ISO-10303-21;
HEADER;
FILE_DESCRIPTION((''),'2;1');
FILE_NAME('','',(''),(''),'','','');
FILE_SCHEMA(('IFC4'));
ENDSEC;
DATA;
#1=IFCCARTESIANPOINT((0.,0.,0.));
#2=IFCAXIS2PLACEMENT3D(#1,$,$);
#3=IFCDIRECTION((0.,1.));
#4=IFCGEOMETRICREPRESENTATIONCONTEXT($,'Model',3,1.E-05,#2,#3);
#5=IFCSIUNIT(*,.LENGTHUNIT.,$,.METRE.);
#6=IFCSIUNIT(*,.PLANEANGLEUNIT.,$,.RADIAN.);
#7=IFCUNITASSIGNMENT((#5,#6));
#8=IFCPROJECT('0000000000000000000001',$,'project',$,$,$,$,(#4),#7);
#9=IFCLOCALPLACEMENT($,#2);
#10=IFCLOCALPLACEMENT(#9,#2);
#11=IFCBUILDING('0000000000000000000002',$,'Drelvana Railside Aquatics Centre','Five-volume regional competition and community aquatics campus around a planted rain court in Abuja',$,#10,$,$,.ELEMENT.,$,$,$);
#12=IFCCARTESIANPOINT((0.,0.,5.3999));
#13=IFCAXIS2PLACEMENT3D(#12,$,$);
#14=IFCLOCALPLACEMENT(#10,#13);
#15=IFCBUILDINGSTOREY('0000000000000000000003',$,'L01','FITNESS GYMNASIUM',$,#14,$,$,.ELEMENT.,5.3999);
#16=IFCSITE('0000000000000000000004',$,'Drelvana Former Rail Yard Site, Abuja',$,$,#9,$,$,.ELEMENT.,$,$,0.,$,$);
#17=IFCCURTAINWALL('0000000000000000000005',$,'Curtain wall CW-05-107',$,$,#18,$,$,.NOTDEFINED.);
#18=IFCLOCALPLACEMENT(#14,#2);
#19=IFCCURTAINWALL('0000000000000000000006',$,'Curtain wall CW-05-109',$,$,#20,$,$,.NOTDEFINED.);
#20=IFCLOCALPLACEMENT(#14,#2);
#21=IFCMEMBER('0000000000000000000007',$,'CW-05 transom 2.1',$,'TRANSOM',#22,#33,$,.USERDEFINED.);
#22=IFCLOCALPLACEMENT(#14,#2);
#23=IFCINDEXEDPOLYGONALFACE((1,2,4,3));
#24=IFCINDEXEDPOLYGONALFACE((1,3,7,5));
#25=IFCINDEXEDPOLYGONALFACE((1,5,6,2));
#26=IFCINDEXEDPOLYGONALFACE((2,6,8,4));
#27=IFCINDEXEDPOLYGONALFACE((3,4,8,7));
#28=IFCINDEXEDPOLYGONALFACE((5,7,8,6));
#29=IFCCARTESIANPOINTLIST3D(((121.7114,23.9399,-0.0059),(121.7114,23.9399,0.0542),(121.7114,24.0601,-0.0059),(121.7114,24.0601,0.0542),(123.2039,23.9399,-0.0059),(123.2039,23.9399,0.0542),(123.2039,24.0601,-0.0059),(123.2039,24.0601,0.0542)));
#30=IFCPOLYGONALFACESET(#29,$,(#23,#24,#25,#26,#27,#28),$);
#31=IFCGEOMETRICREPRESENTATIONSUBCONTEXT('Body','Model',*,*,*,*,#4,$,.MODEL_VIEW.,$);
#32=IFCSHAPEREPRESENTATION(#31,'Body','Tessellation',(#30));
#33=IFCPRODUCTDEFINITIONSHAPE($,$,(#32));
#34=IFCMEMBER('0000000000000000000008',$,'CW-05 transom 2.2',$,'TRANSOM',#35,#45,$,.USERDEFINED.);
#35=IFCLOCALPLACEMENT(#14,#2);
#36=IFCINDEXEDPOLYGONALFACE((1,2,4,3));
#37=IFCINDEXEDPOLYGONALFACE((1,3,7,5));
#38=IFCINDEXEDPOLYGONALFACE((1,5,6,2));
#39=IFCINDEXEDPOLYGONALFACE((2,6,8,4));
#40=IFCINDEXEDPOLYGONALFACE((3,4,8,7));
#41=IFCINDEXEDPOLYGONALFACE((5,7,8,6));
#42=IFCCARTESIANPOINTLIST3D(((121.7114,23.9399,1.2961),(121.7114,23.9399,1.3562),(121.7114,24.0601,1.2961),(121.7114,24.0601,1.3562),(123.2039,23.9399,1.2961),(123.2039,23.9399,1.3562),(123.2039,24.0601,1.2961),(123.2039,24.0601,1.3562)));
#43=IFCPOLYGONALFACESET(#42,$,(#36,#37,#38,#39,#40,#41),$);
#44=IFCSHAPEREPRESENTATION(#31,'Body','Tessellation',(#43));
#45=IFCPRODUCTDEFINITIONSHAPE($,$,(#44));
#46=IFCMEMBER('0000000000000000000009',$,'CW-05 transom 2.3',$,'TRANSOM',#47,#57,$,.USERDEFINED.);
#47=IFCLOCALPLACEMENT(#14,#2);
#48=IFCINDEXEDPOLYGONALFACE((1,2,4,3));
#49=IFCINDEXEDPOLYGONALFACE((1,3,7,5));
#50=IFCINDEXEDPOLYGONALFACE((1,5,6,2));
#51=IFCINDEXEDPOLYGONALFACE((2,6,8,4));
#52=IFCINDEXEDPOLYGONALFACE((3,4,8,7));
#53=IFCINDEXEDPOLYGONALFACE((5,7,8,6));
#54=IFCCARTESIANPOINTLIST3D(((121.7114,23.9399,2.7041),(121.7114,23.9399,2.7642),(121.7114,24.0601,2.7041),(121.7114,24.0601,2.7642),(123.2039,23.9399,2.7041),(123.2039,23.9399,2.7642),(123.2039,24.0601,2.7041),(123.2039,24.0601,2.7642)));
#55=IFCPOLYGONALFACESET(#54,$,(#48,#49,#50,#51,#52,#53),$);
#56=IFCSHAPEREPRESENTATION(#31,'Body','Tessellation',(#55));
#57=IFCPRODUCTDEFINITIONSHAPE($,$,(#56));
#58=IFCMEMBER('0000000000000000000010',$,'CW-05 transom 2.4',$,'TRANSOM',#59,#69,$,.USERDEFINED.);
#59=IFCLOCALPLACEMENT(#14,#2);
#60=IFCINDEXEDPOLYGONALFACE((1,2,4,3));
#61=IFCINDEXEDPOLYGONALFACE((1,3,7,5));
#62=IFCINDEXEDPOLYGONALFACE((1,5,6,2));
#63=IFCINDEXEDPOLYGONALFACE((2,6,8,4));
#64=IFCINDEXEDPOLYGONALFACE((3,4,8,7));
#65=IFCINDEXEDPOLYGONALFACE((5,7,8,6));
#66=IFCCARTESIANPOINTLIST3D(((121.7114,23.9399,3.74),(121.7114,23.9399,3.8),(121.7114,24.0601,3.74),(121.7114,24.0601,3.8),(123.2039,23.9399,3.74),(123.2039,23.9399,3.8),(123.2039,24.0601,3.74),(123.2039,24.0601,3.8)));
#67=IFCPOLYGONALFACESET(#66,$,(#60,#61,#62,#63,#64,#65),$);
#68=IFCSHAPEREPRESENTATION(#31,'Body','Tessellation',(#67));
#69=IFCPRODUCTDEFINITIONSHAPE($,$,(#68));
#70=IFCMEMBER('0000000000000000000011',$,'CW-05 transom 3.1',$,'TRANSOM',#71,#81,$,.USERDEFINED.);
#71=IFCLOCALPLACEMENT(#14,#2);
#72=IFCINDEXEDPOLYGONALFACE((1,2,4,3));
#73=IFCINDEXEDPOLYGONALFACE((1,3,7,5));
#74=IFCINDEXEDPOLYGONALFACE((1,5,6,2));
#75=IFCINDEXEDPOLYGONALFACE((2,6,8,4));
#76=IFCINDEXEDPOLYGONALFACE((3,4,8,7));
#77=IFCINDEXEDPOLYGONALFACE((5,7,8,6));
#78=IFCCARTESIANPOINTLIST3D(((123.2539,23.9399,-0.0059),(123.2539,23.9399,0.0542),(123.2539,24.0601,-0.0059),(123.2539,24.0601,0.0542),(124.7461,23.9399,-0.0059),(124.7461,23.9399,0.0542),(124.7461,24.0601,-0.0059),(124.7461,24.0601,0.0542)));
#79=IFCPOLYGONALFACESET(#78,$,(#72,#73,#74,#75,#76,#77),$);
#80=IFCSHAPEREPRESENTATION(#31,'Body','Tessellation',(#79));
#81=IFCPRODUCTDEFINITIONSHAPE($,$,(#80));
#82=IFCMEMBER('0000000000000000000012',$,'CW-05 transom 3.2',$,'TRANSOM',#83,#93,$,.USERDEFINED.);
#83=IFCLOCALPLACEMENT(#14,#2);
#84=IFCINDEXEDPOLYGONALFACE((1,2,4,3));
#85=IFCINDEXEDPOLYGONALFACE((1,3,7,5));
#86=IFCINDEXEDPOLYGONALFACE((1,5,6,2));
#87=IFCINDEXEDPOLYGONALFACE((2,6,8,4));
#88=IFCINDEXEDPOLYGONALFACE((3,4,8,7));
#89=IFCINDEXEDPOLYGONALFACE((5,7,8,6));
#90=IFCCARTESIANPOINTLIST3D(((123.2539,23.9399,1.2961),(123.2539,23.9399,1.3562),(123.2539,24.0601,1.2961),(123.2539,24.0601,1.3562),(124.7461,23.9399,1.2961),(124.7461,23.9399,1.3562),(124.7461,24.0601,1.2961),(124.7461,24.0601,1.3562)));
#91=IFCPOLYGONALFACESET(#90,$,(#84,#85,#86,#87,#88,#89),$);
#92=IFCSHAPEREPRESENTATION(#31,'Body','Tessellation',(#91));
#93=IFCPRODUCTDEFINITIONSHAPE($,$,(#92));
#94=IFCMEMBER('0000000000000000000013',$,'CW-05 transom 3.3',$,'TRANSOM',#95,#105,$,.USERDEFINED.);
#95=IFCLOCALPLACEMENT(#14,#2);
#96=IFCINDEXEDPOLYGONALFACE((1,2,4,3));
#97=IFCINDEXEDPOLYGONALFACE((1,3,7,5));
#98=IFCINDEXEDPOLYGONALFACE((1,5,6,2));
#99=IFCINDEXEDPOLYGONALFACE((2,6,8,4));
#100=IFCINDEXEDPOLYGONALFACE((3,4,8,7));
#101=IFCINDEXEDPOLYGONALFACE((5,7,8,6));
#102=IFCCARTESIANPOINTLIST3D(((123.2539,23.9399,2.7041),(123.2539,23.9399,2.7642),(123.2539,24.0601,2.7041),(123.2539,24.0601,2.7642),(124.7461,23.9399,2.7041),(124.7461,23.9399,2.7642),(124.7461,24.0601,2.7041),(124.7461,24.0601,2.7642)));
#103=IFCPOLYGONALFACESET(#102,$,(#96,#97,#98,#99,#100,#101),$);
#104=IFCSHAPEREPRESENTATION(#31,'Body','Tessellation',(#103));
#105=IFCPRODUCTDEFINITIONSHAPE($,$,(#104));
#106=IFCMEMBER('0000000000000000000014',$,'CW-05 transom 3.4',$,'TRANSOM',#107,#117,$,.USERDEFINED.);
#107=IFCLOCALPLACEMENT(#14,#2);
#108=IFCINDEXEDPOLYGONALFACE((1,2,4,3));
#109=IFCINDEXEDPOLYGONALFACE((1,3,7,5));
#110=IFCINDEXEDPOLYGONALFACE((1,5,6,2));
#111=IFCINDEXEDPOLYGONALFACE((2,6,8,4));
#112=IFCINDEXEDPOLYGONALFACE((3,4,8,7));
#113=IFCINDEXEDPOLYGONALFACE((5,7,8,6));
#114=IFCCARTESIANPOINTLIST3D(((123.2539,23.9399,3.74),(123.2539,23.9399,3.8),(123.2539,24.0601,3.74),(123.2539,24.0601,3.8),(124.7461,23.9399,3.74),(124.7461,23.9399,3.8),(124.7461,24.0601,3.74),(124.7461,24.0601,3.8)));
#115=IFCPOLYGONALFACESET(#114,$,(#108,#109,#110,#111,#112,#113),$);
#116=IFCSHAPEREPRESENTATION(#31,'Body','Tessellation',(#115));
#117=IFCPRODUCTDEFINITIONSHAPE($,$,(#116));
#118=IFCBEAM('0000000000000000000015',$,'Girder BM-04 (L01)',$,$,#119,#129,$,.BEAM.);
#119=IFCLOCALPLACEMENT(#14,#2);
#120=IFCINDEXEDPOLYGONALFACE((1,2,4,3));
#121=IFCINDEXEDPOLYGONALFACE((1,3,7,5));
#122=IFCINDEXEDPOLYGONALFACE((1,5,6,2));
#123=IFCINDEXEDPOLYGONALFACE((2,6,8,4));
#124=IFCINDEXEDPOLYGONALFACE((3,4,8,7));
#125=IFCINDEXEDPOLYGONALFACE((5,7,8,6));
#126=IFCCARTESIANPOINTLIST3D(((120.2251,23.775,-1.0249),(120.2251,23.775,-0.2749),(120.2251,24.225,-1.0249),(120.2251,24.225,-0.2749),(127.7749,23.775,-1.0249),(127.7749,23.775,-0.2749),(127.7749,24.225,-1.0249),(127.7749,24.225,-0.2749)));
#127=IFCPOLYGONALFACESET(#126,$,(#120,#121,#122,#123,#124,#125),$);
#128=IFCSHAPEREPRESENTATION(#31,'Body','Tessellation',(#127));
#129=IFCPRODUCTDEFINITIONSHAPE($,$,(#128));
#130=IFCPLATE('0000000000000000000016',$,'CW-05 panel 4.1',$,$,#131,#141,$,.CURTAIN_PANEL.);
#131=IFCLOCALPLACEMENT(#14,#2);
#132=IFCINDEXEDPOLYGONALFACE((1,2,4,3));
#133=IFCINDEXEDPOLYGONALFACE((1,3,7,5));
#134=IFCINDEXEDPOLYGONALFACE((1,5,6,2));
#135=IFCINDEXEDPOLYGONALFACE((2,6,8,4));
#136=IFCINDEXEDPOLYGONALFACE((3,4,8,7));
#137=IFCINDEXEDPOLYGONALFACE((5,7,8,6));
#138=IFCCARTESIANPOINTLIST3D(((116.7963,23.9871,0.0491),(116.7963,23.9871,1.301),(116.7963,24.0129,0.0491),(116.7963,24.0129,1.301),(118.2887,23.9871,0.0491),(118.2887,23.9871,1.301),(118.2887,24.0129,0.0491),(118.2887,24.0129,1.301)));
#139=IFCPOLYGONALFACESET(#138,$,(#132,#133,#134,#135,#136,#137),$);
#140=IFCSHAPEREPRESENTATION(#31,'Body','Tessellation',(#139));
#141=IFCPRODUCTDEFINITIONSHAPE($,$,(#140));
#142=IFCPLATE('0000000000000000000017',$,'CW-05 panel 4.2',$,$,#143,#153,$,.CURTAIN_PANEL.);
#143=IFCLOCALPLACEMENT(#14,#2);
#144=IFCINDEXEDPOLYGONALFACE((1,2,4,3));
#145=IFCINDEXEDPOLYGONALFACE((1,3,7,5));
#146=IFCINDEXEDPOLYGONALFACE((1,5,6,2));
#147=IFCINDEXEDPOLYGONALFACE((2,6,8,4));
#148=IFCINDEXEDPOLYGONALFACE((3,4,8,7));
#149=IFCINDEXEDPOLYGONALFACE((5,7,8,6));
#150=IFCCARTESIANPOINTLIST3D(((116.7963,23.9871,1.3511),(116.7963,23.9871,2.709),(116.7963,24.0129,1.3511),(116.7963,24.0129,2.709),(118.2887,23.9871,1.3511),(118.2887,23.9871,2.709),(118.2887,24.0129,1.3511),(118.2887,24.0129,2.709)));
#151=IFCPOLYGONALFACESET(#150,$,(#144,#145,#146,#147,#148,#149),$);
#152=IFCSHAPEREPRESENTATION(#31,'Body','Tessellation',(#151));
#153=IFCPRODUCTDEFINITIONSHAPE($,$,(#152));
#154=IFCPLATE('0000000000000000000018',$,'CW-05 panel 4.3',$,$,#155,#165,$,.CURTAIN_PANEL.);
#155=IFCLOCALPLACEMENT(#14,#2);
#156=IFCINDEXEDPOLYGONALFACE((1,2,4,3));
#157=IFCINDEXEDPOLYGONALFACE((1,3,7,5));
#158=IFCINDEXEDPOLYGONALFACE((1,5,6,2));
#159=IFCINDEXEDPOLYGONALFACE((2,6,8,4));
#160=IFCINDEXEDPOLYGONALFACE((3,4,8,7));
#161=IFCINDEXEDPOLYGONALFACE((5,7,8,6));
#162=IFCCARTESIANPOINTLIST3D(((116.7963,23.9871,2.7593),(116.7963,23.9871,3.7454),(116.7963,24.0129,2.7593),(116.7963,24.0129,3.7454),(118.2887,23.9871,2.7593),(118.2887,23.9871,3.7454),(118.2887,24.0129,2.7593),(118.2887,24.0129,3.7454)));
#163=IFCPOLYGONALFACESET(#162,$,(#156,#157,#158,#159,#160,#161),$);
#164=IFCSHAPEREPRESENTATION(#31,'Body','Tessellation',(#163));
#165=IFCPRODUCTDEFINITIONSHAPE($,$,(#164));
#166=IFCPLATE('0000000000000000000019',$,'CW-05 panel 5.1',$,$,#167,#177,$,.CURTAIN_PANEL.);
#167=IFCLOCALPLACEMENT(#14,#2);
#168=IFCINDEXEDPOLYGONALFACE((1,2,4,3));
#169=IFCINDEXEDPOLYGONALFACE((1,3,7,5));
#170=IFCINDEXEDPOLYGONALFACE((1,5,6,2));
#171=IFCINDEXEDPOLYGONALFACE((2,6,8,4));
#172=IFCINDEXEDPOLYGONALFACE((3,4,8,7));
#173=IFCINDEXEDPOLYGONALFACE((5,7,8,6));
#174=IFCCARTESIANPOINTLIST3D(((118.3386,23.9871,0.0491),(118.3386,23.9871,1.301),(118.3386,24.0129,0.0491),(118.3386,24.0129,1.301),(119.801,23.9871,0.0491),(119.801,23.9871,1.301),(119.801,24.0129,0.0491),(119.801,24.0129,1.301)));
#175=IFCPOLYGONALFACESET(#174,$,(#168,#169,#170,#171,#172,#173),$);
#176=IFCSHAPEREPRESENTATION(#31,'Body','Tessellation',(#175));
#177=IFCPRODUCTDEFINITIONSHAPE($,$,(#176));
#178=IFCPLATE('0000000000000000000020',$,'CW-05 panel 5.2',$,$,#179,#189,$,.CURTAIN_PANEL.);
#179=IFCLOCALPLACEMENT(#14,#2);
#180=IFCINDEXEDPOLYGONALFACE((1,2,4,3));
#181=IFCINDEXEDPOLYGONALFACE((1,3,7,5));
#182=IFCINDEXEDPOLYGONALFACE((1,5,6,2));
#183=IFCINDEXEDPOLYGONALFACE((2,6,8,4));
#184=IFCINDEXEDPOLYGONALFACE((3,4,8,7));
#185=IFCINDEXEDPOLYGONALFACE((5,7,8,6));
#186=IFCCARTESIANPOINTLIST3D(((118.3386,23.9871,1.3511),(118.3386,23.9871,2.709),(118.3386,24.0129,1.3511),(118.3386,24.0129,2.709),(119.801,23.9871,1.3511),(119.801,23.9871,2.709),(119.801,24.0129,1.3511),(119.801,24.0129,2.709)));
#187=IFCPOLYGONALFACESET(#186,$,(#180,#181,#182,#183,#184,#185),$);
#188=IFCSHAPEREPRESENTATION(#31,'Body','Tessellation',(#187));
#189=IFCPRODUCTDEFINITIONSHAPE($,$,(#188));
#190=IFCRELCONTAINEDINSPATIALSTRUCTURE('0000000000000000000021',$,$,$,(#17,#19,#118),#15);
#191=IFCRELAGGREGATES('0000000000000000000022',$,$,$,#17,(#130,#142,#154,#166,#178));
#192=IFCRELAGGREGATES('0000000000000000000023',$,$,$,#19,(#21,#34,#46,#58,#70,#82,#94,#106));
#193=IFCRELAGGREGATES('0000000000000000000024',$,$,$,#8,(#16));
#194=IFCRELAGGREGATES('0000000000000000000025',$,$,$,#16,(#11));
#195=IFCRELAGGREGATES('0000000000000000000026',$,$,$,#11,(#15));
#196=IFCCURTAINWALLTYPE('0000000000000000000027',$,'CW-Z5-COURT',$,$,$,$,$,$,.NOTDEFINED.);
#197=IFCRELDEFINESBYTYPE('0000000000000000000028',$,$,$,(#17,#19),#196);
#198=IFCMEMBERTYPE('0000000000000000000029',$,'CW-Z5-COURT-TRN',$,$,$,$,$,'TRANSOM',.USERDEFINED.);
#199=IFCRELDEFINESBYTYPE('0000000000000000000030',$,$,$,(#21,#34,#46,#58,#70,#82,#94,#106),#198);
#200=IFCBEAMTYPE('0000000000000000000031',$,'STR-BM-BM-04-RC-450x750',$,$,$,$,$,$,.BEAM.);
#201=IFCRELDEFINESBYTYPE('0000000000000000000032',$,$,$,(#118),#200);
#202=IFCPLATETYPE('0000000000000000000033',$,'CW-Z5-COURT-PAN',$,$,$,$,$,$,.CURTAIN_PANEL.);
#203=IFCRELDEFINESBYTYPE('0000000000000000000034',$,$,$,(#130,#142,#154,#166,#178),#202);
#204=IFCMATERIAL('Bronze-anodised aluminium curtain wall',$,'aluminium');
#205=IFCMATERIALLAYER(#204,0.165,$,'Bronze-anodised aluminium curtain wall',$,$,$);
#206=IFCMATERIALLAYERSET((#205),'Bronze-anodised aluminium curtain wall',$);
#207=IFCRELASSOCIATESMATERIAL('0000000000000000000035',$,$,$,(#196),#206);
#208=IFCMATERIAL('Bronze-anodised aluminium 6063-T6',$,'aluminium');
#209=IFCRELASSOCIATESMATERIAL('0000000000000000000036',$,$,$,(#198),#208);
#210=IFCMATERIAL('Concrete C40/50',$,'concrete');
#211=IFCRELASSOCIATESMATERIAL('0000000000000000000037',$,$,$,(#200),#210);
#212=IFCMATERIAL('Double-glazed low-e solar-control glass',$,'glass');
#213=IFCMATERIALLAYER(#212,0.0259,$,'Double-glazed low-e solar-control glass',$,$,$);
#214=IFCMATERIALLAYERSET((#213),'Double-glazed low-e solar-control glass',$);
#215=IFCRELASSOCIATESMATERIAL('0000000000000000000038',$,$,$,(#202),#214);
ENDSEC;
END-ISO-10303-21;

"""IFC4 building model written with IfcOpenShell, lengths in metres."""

from ifc_helpers import new_model, si_unit, direction, frame, origin, origin_2d, place, context, subcontext, project, spatial, rectangle, extrude, material, layer, layer_set, material_profile, profile_set, type_object, element, aggregate, save


model = new_model("IFC4")

# Units and contexts
model_context = context("Model", 3, precision=1e-05, world=origin(), true_north=direction((0.0, 1.0)))
body_context = subcontext(model_context, "Body", "Model", "MODEL_VIEW")
ifc_project = project(units=[si_unit("LENGTHUNIT", "METRE"), si_unit("PLANEANGLEUNIT", "RADIAN")], contexts=[model_context])

# Site, building, storey
site_placement = place(None, origin())
site = spatial("IfcSite", under=ifc_project, at=site_placement, Name="Drelvana Former Rail Yard Site, Abuja", CompositionType="ELEMENT", RefElevation=0.0)
building_placement = place(site_placement, origin())
building = spatial("IfcBuilding", under=site, at=building_placement, Name="Drelvana Railside Aquatics Centre", Description="Five-volume regional competition and community aquatics campus around a planted rain court in Abuja", CompositionType="ELEMENT")
storey_placement = place(building_placement, frame((0.0, 0.0, 5.3999)))
storey = spatial("IfcBuildingStorey", under=building, at=storey_placement, Name="L01", Description="FITNESS GYMNASIUM", CompositionType="ELEMENT", Elevation=5.3999)

# Curtain walls
ifc_material_1 = material(Name="Bronze-anodised aluminium curtain wall", Category="aluminium")
ifc_layer_1 = layer(ifc_material_1, 0.165, Name="Bronze-anodised aluminium curtain wall")
ifc_layer_set_1 = layer_set([ifc_layer_1], Name="Bronze-anodised aluminium curtain wall")
curtain_wall_type = type_object("IfcCurtainWallType", Name="CW-Z5-COURT", PredefinedType="NOTDEFINED", material=ifc_layer_set_1)
curtain_wall_1_placement = place(storey_placement, origin())
curtain_wall_1 = element("IfcCurtainWall", 1, at=curtain_wall_1_placement, inside=storey, type_object=curtain_wall_type, Name="Curtain wall CW-05-107", PredefinedType="NOTDEFINED")
ifc_material_2 = material(Name="Bronze-anodised aluminium 6063-T6", Category="aluminium")
curtain_wall_2_placement = place(storey_placement, origin())
curtain_wall_2 = element("IfcCurtainWall", 2, at=curtain_wall_2_placement, inside=storey, type_object=curtain_wall_type, Name="Curtain wall CW-05-109", PredefinedType="NOTDEFINED")

# Members
ifc_material_profile_1 = material_profile(ifc_material_2, rectangle(XDim=0.1201, YDim=0.0601, at=origin_2d()), Name="ALU-T 60x120")
ifc_profile_set_1 = profile_set([ifc_material_profile_1], Name="Bronze-anodised aluminium 6063-T6")
member_type_1 = type_object("IfcMemberType", Name="CW-Z5-COURT-TRN", ElementType="TRANSOM", PredefinedType="USERDEFINED", material=ifc_profile_set_1)
member_1_placement = place(storey_placement, frame((121.7114, 24.0, 0.0242), z_axis=(1.0, 0.0, 0.0), x_axis=(0.0, 1.0, 0.0)))
member_1 = element("IfcMember", 3, at=member_1_placement, type_object=member_type_1, Name="CW-05 transom 2.1", ObjectType="TRANSOM", PredefinedType="USERDEFINED", context=body_context, shape_type="SweptSolid", body=[
    extrude(rectangle(XDim=0.1201, YDim=0.0601, at=origin_2d()), origin(), (0.0, 0.0, 1.0), 1.4924),
])
member_2_placement = place(storey_placement, frame((121.7114, 24.0, 1.3262), z_axis=(1.0, 0.0, 0.0), x_axis=(0.0, 1.0, 0.0)))
member_2 = element("IfcMember", 4, at=member_2_placement, type_object=member_type_1, Name="CW-05 transom 2.2", ObjectType="TRANSOM", PredefinedType="USERDEFINED", context=body_context, shape_type="SweptSolid", body=[
    extrude(rectangle(XDim=0.1201, YDim=0.0601, at=origin_2d()), origin(), (0.0, 0.0, 1.0), 1.4924),
])
member_3_placement = place(storey_placement, frame((121.7114, 24.0, 2.7341), z_axis=(1.0, 0.0, 0.0), x_axis=(0.0, 1.0, 0.0)))
member_3 = element("IfcMember", 5, at=member_3_placement, type_object=member_type_1, Name="CW-05 transom 2.3", ObjectType="TRANSOM", PredefinedType="USERDEFINED", context=body_context, shape_type="SweptSolid", body=[
    extrude(rectangle(XDim=0.1201, YDim=0.0601, at=origin_2d()), origin(), (0.0, 0.0, 1.0), 1.4924),
])
member_4_placement = place(storey_placement, frame((121.7114, 24.0, 3.77), z_axis=(1.0, 0.0, 0.0), x_axis=(0.0, 1.0, 0.0)))
member_4 = element("IfcMember", 6, at=member_4_placement, type_object=member_type_1, Name="CW-05 transom 2.4", ObjectType="TRANSOM", PredefinedType="USERDEFINED", context=body_context, shape_type="SweptSolid", body=[
    extrude(rectangle(XDim=0.1201, YDim=0.0601, at=origin_2d()), origin(), (0.0, 0.0, 1.0), 1.4924),
])
member_5_placement = place(storey_placement, frame((123.2539, 24.0, 0.0242), z_axis=(1.0, 0.0, 0.0), x_axis=(0.0, 1.0, 0.0)))
member_5 = element("IfcMember", 7, at=member_5_placement, type_object=member_type_1, Name="CW-05 transom 3.1", ObjectType="TRANSOM", PredefinedType="USERDEFINED", context=body_context, shape_type="SweptSolid", body=[
    extrude(rectangle(XDim=0.1201, YDim=0.0601, at=origin_2d()), origin(), (0.0, 0.0, 1.0), 1.4922),
])
member_6_placement = place(storey_placement, frame((123.2539, 24.0, 1.3262), z_axis=(1.0, 0.0, 0.0), x_axis=(0.0, 1.0, 0.0)))
member_6 = element("IfcMember", 8, at=member_6_placement, type_object=member_type_1, Name="CW-05 transom 3.2", ObjectType="TRANSOM", PredefinedType="USERDEFINED", context=body_context, shape_type="SweptSolid", body=[
    extrude(rectangle(XDim=0.1201, YDim=0.0601, at=origin_2d()), origin(), (0.0, 0.0, 1.0), 1.4922),
])
member_7_placement = place(storey_placement, frame((123.2539, 24.0, 2.7341), z_axis=(1.0, 0.0, 0.0), x_axis=(0.0, 1.0, 0.0)))
member_7 = element("IfcMember", 9, at=member_7_placement, type_object=member_type_1, Name="CW-05 transom 3.3", ObjectType="TRANSOM", PredefinedType="USERDEFINED", context=body_context, shape_type="SweptSolid", body=[
    extrude(rectangle(XDim=0.1201, YDim=0.0601, at=origin_2d()), origin(), (0.0, 0.0, 1.0), 1.4922),
])
member_8_placement = place(storey_placement, frame((123.2539, 24.0, 3.77), z_axis=(1.0, 0.0, 0.0), x_axis=(0.0, 1.0, 0.0)))
member_8 = element("IfcMember", 10, at=member_8_placement, type_object=member_type_1, Name="CW-05 transom 3.4", ObjectType="TRANSOM", PredefinedType="USERDEFINED", context=body_context, shape_type="SweptSolid", body=[
    extrude(rectangle(XDim=0.1201, YDim=0.0601, at=origin_2d()), origin(), (0.0, 0.0, 1.0), 1.4922),
])

# Beam
ifc_material_3 = material(Name="Concrete C40/50", Category="concrete")
ifc_material_profile_2 = material_profile(ifc_material_3, rectangle(XDim=0.45, YDim=0.75, at=origin_2d()), Name="RC 450x750")
ifc_profile_set_2 = profile_set([ifc_material_profile_2], Name="Concrete C40/50")
beam_type = type_object("IfcBeamType", Name="STR-BM-BM-04-RC-450x750", PredefinedType="BEAM", material=ifc_profile_set_2)
beam_placement = place(storey_placement, frame((120.2251, 24.0, -0.6499), z_axis=(1.0, 0.0, 0.0), x_axis=(0.0, 1.0, 0.0)))
element("IfcBeam", 11, at=beam_placement, inside=storey, type_object=beam_type, Name="Girder BM-04 (L01)", PredefinedType="BEAM", context=body_context, shape_type="SweptSolid", body=[
    extrude(rectangle(XDim=0.45, YDim=0.75, at=origin_2d()), origin(), (0.0, 0.0, 1.0), 7.5498),
])

# Plates
ifc_material_4 = material(Name="Double-glazed low-e solar-control glass", Category="glass")
ifc_layer_2 = layer(ifc_material_4, 0.0259, Name="Double-glazed low-e solar-control glass")
ifc_layer_set_2 = layer_set([ifc_layer_2], Name="Double-glazed low-e solar-control glass")
plate_type = type_object("IfcPlateType", Name="CW-Z5-COURT-PAN", PredefinedType="CURTAIN_PANEL", material=ifc_layer_set_2)
plate_1_placement = place(storey_placement, frame((117.5425, 24.0, 0.0491), z_axis=(0.0, 0.0, 1.0), x_axis=(1.0, 0.0, 0.0)))
plate_1 = element("IfcPlate", 12, at=plate_1_placement, type_object=plate_type, Name="CW-05 panel 4.1", PredefinedType="CURTAIN_PANEL", context=body_context, shape_type="SweptSolid", body=[
    extrude(rectangle(XDim=1.4924, YDim=0.0259, at=origin_2d()), origin(), (0.0, 0.0, 1.0), 1.252),
])
plate_2_placement = place(storey_placement, frame((117.5425, 24.0, 1.3511), z_axis=(0.0, 0.0, 1.0), x_axis=(1.0, 0.0, 0.0)))
plate_2 = element("IfcPlate", 13, at=plate_2_placement, type_object=plate_type, Name="CW-05 panel 4.2", PredefinedType="CURTAIN_PANEL", context=body_context, shape_type="SweptSolid", body=[
    extrude(rectangle(XDim=1.4924, YDim=0.0259, at=origin_2d()), origin(), (0.0, 0.0, 1.0), 1.3579),
])
plate_3_placement = place(storey_placement, frame((117.5425, 24.0, 2.7593), z_axis=(0.0, 0.0, 1.0), x_axis=(1.0, 0.0, 0.0)))
plate_3 = element("IfcPlate", 14, at=plate_3_placement, type_object=plate_type, Name="CW-05 panel 4.3", PredefinedType="CURTAIN_PANEL", context=body_context, shape_type="SweptSolid", body=[
    extrude(rectangle(XDim=1.4924, YDim=0.0259, at=origin_2d()), origin(), (0.0, 0.0, 1.0), 0.9861),
])
plate_4_placement = place(storey_placement, frame((119.0698, 24.0, 0.0491), z_axis=(0.0, 0.0, 1.0), x_axis=(1.0, 0.0, 0.0)))
plate_4 = element("IfcPlate", 15, at=plate_4_placement, type_object=plate_type, Name="CW-05 panel 5.1", PredefinedType="CURTAIN_PANEL", context=body_context, shape_type="SweptSolid", body=[
    extrude(rectangle(XDim=1.4624, YDim=0.0259, at=origin_2d()), origin(), (0.0, 0.0, 1.0), 1.252),
])
plate_5_placement = place(storey_placement, frame((119.0698, 24.0, 1.3511), z_axis=(0.0, 0.0, 1.0), x_axis=(1.0, 0.0, 0.0)))
plate_5 = element("IfcPlate", 16, at=plate_5_placement, type_object=plate_type, Name="CW-05 panel 5.2", PredefinedType="CURTAIN_PANEL", context=body_context, shape_type="SweptSolid", body=[
    extrude(rectangle(XDim=1.4624, YDim=0.0259, at=origin_2d()), origin(), (0.0, 0.0, 1.0), 1.3579),
])
aggregate(curtain_wall_1, [plate_1, plate_2, plate_3, plate_4, plate_5])
aggregate(curtain_wall_2, [member_1, member_2, member_3, member_4, member_5, member_6, member_7, member_8])

save(model, "model.ifc")
